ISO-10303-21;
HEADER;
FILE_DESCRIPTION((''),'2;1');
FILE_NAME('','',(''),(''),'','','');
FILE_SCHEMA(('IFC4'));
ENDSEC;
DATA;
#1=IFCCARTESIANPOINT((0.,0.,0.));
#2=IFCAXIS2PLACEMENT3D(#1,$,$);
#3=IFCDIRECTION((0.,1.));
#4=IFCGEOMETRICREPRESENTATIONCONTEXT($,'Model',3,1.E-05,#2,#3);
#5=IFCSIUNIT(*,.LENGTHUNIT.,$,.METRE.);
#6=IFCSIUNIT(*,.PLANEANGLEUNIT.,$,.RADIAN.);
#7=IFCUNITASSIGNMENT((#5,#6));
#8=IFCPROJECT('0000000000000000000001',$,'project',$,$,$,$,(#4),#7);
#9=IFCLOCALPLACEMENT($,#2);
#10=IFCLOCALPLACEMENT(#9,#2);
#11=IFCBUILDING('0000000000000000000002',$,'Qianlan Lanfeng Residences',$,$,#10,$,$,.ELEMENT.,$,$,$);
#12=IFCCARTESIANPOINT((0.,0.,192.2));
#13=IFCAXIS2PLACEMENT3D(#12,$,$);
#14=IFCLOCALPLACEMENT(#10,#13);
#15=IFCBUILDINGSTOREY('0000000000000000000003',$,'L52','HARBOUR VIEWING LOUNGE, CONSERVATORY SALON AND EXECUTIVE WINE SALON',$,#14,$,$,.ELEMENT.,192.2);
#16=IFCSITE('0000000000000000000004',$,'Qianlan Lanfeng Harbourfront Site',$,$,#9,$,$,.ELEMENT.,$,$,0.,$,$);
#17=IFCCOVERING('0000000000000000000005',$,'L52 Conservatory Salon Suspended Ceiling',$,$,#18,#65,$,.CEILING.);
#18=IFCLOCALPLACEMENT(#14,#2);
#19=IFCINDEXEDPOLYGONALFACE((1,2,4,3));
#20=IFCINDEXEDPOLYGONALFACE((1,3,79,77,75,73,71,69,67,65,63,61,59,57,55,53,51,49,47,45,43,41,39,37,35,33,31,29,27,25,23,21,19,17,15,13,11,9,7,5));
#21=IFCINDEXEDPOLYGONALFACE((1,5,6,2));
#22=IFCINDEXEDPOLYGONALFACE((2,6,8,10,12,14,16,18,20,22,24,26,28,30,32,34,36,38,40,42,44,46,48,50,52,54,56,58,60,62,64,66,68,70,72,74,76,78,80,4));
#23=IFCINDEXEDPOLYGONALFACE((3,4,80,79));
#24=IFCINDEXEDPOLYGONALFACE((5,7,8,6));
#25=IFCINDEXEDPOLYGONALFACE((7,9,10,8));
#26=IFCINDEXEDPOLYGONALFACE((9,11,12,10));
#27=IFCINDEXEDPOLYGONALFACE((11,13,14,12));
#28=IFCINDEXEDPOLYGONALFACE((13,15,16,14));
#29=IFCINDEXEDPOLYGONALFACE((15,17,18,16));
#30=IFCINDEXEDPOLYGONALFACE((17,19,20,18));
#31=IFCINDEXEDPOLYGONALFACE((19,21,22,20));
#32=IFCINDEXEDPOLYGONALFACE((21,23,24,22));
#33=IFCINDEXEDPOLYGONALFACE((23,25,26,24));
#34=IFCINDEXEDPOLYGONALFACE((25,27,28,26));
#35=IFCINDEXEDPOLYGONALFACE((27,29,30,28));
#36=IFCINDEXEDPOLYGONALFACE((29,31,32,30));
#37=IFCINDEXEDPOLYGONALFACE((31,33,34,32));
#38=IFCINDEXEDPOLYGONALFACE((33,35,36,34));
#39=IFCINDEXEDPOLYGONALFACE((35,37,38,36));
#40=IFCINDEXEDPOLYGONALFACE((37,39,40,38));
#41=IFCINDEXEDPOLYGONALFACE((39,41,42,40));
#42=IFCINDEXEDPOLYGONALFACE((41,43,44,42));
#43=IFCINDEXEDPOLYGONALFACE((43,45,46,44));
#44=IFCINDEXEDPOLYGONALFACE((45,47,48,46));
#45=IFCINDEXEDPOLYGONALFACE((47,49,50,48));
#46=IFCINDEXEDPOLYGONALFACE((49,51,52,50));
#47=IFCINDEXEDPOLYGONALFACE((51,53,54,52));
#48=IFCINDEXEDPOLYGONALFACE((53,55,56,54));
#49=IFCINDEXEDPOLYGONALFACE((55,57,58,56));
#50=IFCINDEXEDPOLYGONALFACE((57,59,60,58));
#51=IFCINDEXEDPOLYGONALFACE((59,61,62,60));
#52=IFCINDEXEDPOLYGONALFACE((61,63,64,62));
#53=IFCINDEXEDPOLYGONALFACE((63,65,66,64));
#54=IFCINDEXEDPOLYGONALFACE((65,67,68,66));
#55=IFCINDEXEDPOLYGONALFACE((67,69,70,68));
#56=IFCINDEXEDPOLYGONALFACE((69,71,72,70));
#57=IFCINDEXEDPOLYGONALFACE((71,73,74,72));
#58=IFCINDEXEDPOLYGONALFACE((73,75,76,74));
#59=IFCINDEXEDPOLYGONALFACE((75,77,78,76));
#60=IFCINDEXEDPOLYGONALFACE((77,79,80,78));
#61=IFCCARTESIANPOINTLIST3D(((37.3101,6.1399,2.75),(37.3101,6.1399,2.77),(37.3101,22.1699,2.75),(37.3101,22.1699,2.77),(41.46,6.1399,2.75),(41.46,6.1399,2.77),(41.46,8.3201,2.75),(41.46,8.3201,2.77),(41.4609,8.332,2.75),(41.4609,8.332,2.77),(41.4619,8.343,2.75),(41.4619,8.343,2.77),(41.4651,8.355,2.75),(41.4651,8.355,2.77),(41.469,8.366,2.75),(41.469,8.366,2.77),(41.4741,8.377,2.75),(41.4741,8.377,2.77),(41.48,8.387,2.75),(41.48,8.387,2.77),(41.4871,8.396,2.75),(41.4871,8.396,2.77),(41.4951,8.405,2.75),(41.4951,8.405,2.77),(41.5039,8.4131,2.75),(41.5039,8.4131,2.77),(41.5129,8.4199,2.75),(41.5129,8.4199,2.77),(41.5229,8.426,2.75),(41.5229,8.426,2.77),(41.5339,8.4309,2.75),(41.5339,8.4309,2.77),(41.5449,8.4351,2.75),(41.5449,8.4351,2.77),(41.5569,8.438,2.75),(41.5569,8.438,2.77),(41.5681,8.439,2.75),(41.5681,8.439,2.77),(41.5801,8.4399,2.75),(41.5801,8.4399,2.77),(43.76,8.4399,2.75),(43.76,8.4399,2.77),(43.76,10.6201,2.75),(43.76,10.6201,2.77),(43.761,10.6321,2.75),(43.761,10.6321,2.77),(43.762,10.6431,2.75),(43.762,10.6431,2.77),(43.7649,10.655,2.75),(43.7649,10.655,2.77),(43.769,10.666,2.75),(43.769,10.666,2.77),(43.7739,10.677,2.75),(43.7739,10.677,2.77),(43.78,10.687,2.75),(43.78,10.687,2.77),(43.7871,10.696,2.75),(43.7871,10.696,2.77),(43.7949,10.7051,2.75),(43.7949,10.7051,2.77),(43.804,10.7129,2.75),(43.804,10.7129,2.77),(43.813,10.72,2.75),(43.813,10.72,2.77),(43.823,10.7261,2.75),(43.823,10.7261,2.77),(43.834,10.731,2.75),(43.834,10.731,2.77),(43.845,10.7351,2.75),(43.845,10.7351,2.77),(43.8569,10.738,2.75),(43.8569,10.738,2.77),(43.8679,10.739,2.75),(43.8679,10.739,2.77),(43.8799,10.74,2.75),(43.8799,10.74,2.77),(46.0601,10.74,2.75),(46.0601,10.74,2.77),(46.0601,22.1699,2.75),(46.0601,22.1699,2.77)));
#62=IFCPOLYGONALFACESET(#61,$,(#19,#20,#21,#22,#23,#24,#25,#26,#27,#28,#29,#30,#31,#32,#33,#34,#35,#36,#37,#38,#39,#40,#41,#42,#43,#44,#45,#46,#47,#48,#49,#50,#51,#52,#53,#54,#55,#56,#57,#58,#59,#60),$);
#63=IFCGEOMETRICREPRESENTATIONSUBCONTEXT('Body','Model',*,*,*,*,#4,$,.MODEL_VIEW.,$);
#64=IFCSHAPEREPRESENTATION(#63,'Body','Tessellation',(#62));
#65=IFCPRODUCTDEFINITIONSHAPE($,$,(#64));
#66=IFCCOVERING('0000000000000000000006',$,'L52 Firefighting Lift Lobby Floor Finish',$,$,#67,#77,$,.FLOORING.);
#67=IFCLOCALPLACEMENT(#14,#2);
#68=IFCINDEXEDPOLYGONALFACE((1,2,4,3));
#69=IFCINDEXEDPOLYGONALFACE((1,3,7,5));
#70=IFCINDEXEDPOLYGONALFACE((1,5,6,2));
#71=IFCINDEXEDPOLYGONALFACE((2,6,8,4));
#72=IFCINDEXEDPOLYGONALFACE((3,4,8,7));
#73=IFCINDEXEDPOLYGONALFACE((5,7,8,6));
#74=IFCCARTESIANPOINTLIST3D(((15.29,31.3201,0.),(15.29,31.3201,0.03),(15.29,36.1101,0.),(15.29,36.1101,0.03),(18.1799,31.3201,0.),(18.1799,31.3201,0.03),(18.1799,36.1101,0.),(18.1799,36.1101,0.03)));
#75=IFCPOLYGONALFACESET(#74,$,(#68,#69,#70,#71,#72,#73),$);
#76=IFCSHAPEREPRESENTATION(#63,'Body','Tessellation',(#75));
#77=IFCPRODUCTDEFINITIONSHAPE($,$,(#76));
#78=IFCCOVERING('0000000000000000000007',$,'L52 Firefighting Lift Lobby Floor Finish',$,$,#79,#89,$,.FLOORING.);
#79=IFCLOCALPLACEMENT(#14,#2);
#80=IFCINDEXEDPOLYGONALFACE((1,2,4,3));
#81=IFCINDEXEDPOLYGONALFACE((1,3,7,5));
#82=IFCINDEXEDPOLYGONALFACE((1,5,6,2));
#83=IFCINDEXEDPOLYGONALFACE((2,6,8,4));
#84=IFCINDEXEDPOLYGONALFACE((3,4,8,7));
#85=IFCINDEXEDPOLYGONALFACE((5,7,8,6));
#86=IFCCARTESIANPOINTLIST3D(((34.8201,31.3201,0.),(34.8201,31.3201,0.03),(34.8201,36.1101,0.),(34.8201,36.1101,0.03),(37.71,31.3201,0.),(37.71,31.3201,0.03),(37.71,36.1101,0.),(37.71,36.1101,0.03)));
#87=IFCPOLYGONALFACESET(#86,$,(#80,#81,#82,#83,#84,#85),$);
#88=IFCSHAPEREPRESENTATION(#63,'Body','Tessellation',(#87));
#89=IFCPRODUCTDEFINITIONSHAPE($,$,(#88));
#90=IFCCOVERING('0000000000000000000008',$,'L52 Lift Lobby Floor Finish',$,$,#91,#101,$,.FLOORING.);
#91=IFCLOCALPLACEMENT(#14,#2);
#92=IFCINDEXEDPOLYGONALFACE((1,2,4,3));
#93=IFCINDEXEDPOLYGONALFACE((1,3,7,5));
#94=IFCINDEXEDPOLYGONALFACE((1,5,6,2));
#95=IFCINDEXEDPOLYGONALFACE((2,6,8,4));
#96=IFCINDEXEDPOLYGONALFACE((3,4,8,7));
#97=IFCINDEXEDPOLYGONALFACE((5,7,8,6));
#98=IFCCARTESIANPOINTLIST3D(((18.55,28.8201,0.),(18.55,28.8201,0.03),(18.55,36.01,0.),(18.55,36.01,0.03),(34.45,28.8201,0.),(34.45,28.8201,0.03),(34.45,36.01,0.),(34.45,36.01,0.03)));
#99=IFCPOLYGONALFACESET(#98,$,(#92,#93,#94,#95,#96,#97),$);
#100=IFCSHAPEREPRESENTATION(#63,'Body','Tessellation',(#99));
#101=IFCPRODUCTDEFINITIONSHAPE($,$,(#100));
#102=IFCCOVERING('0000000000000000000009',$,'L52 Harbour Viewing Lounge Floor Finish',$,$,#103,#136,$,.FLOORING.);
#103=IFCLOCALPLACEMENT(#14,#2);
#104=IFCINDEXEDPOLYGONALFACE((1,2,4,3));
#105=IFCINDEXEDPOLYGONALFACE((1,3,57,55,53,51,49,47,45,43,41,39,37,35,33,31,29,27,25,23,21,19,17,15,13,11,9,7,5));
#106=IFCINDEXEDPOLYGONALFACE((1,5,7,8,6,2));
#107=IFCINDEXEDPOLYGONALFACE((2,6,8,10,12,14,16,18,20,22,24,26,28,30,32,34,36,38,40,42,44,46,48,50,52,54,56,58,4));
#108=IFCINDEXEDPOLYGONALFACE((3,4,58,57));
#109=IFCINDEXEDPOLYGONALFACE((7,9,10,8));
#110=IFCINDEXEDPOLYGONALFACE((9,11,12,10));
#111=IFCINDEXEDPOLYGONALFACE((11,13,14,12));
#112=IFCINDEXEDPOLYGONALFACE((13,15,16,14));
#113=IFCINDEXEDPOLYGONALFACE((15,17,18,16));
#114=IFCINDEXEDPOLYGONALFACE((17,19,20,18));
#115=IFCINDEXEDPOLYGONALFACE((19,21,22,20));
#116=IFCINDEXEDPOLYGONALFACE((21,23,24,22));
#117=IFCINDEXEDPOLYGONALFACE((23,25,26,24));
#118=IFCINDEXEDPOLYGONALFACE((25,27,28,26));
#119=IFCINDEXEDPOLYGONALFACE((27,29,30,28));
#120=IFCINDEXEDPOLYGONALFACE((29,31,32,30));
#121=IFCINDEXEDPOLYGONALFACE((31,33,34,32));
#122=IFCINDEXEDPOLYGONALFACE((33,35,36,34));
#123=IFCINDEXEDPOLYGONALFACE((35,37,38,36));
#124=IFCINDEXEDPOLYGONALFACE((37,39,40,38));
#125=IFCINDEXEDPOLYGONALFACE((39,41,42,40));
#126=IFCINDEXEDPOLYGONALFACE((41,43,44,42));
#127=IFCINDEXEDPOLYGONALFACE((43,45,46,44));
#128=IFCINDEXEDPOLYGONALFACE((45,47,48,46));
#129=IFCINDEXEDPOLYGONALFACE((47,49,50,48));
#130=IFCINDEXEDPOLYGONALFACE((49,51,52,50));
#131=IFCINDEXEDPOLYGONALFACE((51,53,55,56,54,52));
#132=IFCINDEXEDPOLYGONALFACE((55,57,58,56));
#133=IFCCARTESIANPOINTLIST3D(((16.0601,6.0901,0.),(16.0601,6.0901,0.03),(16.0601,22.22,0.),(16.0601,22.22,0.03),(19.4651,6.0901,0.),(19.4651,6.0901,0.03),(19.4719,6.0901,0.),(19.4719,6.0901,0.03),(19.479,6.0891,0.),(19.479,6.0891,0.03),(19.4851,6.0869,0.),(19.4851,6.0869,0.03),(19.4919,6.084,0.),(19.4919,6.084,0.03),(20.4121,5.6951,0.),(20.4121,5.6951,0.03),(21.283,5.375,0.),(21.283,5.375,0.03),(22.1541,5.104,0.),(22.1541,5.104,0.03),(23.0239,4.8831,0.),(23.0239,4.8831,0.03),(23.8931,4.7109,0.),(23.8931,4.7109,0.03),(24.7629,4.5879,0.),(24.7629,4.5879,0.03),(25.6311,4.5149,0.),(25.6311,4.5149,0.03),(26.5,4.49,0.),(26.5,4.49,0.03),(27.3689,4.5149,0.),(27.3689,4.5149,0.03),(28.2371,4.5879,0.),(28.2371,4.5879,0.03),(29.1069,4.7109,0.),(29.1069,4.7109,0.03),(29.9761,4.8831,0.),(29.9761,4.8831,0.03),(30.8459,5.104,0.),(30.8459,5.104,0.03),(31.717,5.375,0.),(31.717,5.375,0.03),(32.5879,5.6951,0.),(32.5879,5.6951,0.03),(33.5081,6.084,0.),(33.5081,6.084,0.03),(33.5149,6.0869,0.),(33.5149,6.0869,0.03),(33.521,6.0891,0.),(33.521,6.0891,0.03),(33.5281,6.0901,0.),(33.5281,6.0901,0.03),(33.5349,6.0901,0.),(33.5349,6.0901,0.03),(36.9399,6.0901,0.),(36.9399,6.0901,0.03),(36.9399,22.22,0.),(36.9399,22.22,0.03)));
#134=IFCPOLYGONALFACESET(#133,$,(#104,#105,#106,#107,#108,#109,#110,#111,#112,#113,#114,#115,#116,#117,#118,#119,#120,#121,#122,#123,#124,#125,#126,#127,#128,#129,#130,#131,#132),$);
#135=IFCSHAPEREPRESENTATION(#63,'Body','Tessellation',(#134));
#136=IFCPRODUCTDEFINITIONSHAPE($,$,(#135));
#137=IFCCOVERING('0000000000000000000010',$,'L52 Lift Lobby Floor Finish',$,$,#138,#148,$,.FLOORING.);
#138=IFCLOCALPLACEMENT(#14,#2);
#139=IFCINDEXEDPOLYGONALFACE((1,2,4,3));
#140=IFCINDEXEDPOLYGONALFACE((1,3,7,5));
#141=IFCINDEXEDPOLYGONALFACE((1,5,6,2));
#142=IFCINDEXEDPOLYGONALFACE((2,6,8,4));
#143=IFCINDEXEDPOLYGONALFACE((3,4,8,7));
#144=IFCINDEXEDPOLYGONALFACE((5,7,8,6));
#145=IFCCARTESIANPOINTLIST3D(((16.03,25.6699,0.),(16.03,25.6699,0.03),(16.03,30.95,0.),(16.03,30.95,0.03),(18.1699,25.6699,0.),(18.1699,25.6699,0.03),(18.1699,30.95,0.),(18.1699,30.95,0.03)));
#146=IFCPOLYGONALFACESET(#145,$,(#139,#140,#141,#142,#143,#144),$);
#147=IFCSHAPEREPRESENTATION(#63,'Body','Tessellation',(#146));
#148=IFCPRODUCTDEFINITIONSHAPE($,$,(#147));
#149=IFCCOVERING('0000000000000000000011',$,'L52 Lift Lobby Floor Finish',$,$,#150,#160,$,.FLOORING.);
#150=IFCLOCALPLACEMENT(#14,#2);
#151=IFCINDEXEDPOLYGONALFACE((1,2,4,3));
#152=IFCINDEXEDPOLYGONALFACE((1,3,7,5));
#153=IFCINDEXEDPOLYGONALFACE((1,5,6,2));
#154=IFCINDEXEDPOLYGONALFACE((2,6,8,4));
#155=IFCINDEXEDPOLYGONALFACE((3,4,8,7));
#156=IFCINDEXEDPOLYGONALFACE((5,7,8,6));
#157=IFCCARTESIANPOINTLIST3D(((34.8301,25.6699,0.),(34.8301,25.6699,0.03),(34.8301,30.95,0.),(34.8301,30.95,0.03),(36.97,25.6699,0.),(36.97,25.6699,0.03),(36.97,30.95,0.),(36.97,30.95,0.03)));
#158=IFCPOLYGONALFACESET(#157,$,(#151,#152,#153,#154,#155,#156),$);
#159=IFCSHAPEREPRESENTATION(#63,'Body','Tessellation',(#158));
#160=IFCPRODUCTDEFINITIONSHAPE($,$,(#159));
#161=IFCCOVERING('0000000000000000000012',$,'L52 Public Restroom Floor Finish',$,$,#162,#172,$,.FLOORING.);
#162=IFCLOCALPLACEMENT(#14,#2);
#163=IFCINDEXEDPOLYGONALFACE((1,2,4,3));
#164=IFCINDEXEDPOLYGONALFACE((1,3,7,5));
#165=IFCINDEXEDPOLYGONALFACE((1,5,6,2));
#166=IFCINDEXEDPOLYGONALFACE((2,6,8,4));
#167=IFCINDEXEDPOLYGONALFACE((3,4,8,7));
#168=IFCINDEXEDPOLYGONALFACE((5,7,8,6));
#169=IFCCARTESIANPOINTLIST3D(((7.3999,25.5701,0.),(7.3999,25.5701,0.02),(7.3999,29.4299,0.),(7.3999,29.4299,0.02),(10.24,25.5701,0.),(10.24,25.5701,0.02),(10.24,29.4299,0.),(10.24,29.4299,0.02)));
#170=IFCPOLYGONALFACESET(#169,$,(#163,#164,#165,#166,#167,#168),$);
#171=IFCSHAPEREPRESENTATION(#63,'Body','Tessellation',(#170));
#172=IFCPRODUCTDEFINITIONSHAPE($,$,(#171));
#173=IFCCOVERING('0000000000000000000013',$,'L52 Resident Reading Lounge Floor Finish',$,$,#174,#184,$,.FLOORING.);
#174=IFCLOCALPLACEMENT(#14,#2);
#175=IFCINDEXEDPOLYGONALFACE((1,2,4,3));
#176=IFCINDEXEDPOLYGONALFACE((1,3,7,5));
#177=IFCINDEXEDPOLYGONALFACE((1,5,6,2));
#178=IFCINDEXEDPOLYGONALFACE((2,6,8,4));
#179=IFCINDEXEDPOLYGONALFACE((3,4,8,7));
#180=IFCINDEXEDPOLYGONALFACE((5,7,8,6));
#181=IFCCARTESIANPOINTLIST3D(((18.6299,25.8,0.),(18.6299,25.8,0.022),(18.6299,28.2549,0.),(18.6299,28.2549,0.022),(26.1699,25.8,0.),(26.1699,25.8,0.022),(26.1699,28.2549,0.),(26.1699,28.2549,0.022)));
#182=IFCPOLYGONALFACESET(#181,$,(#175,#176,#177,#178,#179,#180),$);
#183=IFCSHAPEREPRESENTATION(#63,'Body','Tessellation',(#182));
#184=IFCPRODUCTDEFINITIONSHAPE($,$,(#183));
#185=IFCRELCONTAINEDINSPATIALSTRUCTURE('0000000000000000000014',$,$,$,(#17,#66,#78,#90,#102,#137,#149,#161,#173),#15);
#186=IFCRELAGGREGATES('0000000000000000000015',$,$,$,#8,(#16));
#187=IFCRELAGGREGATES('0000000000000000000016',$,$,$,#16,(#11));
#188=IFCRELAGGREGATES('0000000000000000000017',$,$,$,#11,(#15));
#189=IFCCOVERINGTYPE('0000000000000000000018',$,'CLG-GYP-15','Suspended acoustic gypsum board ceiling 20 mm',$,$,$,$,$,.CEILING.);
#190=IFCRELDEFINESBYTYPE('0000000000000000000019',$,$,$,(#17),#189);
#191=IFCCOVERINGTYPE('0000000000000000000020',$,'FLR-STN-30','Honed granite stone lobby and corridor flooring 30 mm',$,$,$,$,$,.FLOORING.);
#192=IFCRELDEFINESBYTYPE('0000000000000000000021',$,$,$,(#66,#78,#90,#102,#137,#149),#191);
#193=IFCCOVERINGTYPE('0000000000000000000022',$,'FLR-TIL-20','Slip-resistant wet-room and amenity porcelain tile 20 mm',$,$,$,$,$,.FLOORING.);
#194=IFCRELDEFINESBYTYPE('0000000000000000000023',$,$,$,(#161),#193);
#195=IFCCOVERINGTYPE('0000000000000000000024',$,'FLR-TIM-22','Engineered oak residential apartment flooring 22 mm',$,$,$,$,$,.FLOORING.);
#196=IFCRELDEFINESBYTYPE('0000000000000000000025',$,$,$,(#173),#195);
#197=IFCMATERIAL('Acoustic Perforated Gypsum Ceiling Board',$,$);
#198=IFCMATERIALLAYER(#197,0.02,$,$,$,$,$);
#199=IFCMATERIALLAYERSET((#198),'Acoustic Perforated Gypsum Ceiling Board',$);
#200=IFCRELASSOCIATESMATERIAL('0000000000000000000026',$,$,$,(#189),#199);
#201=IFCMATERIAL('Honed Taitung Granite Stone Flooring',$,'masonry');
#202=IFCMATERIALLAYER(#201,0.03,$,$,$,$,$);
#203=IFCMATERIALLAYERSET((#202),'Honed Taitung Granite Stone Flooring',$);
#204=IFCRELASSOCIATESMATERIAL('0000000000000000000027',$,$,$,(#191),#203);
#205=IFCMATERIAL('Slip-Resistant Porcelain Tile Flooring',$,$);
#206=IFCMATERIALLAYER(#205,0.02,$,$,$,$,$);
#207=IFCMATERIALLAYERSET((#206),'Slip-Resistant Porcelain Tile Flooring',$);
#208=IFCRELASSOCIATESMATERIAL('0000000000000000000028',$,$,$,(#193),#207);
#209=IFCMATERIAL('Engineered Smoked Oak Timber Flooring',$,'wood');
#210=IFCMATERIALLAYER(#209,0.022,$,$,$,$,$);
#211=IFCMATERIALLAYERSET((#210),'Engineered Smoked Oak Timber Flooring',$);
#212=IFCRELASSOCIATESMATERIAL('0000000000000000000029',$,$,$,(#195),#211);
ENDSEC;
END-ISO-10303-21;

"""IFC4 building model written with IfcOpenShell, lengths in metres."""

from ifc_helpers import new_model, si_unit, direction, frame, origin, place, context, subcontext, project, spatial, polyline, outline, extrude, material, layer, layer_set, type_object, element, save


model = new_model("IFC4")

# Units and contexts
model_context = context("Model", 3, precision=1e-05, world=origin(), true_north=direction((0.0, 1.0)))
body_context = subcontext(model_context, "Body", "Model", "MODEL_VIEW")
ifc_project = project(units=[si_unit("LENGTHUNIT", "METRE"), si_unit("PLANEANGLEUNIT", "RADIAN")], contexts=[model_context])

# Site, building, storey
site_placement = place(None, origin())
site = spatial("IfcSite", under=ifc_project, at=site_placement, Name="Qianlan Lanfeng Harbourfront Site", CompositionType="ELEMENT", RefElevation=0.0)
building_placement = place(site_placement, origin())
building = spatial("IfcBuilding", under=site, at=building_placement, Name="Qianlan Lanfeng Residences", CompositionType="ELEMENT")
storey_placement = place(building_placement, frame((0.0, 0.0, 192.2)))
storey = spatial("IfcBuildingStorey", under=building, at=storey_placement, Name="L52", Description="HARBOUR VIEWING LOUNGE, CONSERVATORY SALON AND EXECUTIVE WINE SALON", CompositionType="ELEMENT", Elevation=192.2)

# Coverings
ifc_material_1 = material(Name="Acoustic Perforated Gypsum Ceiling Board")
ifc_layer_1 = layer(ifc_material_1, 0.02)
ifc_layer_set_1 = layer_set([ifc_layer_1], Name="Acoustic Perforated Gypsum Ceiling Board")
covering_type_1 = type_object("IfcCoveringType", Name="CLG-GYP-15", Description="Suspended acoustic gypsum board ceiling 20 mm", PredefinedType="CEILING", material=ifc_layer_set_1)
covering_1_placement = place(storey_placement, frame((0.0, 0.0, 2.75)))
element("IfcCovering", 1, at=covering_1_placement, inside=storey, type_object=covering_type_1, Name="L52 Conservatory Salon Suspended Ceiling", PredefinedType="CEILING", context=body_context, shape_type="SweptSolid", body=[
    extrude(outline(polyline([(37.3101, 22.1699), (37.3101, 6.1399), (41.46, 6.1399), (41.46, 8.3201), (41.4609, 8.332), (41.4619, 8.343), (41.4651, 8.355), (41.469, 8.366), (41.4741, 8.377), (41.48, 8.387), (41.4871, 8.396), (41.4951, 8.405), (41.5039, 8.4131), (41.5129, 8.4199), (41.5229, 8.426), (41.5339, 8.4309), (41.5449, 8.4351), (41.5569, 8.438), (41.5681, 8.439), (41.5801, 8.4399), (43.76, 8.4399), (43.76, 10.6201), (43.761, 10.6321), (43.762, 10.6431), (43.7649, 10.655), (43.769, 10.666), (43.7739, 10.677), (43.78, 10.687), (43.7871, 10.696), (43.7949, 10.7051), (43.804, 10.7129), (43.813, 10.72), (43.823, 10.7261), (43.834, 10.731), (43.845, 10.7351), (43.8569, 10.738), (43.8679, 10.739), (43.8799, 10.74), (46.0601, 10.74), (46.0601, 22.1699), (37.3101, 22.1699)])), origin(), (0.0, 0.0, 1.0), 0.02),
])
ifc_material_2 = material(Name="Honed Taitung Granite Stone Flooring", Category="masonry")
ifc_layer_2 = layer(ifc_material_2, 0.03)
ifc_layer_set_2 = layer_set([ifc_layer_2], Name="Honed Taitung Granite Stone Flooring")
covering_type_2 = type_object("IfcCoveringType", Name="FLR-STN-30", Description="Honed granite stone lobby and corridor flooring 30 mm", PredefinedType="FLOORING", material=ifc_layer_set_2)
covering_2_placement = place(storey_placement, origin())
element("IfcCovering", 2, at=covering_2_placement, inside=storey, type_object=covering_type_2, Name="L52 Firefighting Lift Lobby Floor Finish", PredefinedType="FLOORING", context=body_context, shape_type="SweptSolid", body=[
    extrude(outline(polyline([(15.29, 31.3201), (18.1799, 31.3201), (18.1799, 36.1101), (15.29, 36.1101), (15.29, 31.3201)])), origin(), (0.0, 0.0, 1.0), 0.03),
])
covering_3_placement = place(storey_placement, origin())
element("IfcCovering", 3, at=covering_3_placement, inside=storey, type_object=covering_type_2, Name="L52 Firefighting Lift Lobby Floor Finish", PredefinedType="FLOORING", context=body_context, shape_type="SweptSolid", body=[
    extrude(outline(polyline([(34.8201, 31.3201), (37.71, 31.3201), (37.71, 36.1101), (34.8201, 36.1101), (34.8201, 31.3201)])), origin(), (0.0, 0.0, 1.0), 0.03),
])
covering_4_placement = place(storey_placement, origin())
element("IfcCovering", 4, at=covering_4_placement, inside=storey, type_object=covering_type_2, Name="L52 Lift Lobby Floor Finish", PredefinedType="FLOORING", context=body_context, shape_type="SweptSolid", body=[
    extrude(outline(polyline([(18.55, 28.8201), (34.45, 28.8201), (34.45, 36.01), (18.55, 36.01), (18.55, 28.8201)])), origin(), (0.0, 0.0, 1.0), 0.03),
])
covering_5_placement = place(storey_placement, origin())
element("IfcCovering", 5, at=covering_5_placement, inside=storey, type_object=covering_type_2, Name="L52 Harbour Viewing Lounge Floor Finish", PredefinedType="FLOORING", context=body_context, shape_type="SweptSolid", body=[
    extrude(outline(polyline([(16.0601, 22.22), (16.0601, 6.0901), (19.4651, 6.0901), (19.4719, 6.0901), (19.479, 6.0891), (19.4851, 6.0869), (19.4919, 6.084), (20.4121, 5.6951), (21.283, 5.375), (22.1541, 5.104), (23.0239, 4.8831), (23.8931, 4.7109), (24.7629, 4.5879), (25.6311, 4.5149), (26.5, 4.49), (27.3689, 4.5149), (28.2371, 4.5879), (29.1069, 4.7109), (29.9761, 4.8831), (30.8459, 5.104), (31.717, 5.375), (32.5879, 5.6951), (33.5081, 6.084), (33.5149, 6.0869), (33.521, 6.0891), (33.5281, 6.0901), (33.5349, 6.0901), (36.9399, 6.0901), (36.9399, 22.22), (16.0601, 22.22)])), origin(), (0.0, 0.0, 1.0), 0.03),
])
covering_6_placement = place(storey_placement, origin())
element("IfcCovering", 6, at=covering_6_placement, inside=storey, type_object=covering_type_2, Name="L52 Lift Lobby Floor Finish", PredefinedType="FLOORING", context=body_context, shape_type="SweptSolid", body=[
    extrude(outline(polyline([(16.03, 25.6699), (18.1699, 25.6699), (18.1699, 30.95), (16.03, 30.95), (16.03, 25.6699)])), origin(), (0.0, 0.0, 1.0), 0.03),
])
covering_7_placement = place(storey_placement, origin())
element("IfcCovering", 7, at=covering_7_placement, inside=storey, type_object=covering_type_2, Name="L52 Lift Lobby Floor Finish", PredefinedType="FLOORING", context=body_context, shape_type="SweptSolid", body=[
    extrude(outline(polyline([(34.8301, 25.6699), (36.97, 25.6699), (36.97, 30.95), (34.8301, 30.95), (34.8301, 25.6699)])), origin(), (0.0, 0.0, 1.0), 0.03),
])
ifc_material_3 = material(Name="Slip-Resistant Porcelain Tile Flooring")
ifc_layer_3 = layer(ifc_material_3, 0.02)
ifc_layer_set_3 = layer_set([ifc_layer_3], Name="Slip-Resistant Porcelain Tile Flooring")
covering_type_3 = type_object("IfcCoveringType", Name="FLR-TIL-20", Description="Slip-resistant wet-room and amenity porcelain tile 20 mm", PredefinedType="FLOORING", material=ifc_layer_set_3)
covering_8_placement = place(storey_placement, origin())
element("IfcCovering", 8, at=covering_8_placement, inside=storey, type_object=covering_type_3, Name="L52 Public Restroom Floor Finish", PredefinedType="FLOORING", context=body_context, shape_type="SweptSolid", body=[
    extrude(outline(polyline([(7.3999, 25.5701), (10.24, 25.5701), (10.24, 29.4299), (7.3999, 29.4299), (7.3999, 25.5701)])), origin(), (0.0, 0.0, 1.0), 0.02),
])
ifc_material_4 = material(Name="Engineered Smoked Oak Timber Flooring", Category="wood")
ifc_layer_4 = layer(ifc_material_4, 0.022)
ifc_layer_set_4 = layer_set([ifc_layer_4], Name="Engineered Smoked Oak Timber Flooring")
covering_type_4 = type_object("IfcCoveringType", Name="FLR-TIM-22", Description="Engineered oak residential apartment flooring 22 mm", PredefinedType="FLOORING", material=ifc_layer_set_4)
covering_9_placement = place(storey_placement, origin())
element("IfcCovering", 9, at=covering_9_placement, inside=storey, type_object=covering_type_4, Name="L52 Resident Reading Lounge Floor Finish", PredefinedType="FLOORING", context=body_context, shape_type="SweptSolid", body=[
    extrude(outline(polyline([(18.6299, 25.8), (26.1699, 25.8), (26.1699, 28.2549), (18.6299, 28.2549), (18.6299, 25.8)])), origin(), (0.0, 0.0, 1.0), 0.022),
])

save(model, "model.ifc")
